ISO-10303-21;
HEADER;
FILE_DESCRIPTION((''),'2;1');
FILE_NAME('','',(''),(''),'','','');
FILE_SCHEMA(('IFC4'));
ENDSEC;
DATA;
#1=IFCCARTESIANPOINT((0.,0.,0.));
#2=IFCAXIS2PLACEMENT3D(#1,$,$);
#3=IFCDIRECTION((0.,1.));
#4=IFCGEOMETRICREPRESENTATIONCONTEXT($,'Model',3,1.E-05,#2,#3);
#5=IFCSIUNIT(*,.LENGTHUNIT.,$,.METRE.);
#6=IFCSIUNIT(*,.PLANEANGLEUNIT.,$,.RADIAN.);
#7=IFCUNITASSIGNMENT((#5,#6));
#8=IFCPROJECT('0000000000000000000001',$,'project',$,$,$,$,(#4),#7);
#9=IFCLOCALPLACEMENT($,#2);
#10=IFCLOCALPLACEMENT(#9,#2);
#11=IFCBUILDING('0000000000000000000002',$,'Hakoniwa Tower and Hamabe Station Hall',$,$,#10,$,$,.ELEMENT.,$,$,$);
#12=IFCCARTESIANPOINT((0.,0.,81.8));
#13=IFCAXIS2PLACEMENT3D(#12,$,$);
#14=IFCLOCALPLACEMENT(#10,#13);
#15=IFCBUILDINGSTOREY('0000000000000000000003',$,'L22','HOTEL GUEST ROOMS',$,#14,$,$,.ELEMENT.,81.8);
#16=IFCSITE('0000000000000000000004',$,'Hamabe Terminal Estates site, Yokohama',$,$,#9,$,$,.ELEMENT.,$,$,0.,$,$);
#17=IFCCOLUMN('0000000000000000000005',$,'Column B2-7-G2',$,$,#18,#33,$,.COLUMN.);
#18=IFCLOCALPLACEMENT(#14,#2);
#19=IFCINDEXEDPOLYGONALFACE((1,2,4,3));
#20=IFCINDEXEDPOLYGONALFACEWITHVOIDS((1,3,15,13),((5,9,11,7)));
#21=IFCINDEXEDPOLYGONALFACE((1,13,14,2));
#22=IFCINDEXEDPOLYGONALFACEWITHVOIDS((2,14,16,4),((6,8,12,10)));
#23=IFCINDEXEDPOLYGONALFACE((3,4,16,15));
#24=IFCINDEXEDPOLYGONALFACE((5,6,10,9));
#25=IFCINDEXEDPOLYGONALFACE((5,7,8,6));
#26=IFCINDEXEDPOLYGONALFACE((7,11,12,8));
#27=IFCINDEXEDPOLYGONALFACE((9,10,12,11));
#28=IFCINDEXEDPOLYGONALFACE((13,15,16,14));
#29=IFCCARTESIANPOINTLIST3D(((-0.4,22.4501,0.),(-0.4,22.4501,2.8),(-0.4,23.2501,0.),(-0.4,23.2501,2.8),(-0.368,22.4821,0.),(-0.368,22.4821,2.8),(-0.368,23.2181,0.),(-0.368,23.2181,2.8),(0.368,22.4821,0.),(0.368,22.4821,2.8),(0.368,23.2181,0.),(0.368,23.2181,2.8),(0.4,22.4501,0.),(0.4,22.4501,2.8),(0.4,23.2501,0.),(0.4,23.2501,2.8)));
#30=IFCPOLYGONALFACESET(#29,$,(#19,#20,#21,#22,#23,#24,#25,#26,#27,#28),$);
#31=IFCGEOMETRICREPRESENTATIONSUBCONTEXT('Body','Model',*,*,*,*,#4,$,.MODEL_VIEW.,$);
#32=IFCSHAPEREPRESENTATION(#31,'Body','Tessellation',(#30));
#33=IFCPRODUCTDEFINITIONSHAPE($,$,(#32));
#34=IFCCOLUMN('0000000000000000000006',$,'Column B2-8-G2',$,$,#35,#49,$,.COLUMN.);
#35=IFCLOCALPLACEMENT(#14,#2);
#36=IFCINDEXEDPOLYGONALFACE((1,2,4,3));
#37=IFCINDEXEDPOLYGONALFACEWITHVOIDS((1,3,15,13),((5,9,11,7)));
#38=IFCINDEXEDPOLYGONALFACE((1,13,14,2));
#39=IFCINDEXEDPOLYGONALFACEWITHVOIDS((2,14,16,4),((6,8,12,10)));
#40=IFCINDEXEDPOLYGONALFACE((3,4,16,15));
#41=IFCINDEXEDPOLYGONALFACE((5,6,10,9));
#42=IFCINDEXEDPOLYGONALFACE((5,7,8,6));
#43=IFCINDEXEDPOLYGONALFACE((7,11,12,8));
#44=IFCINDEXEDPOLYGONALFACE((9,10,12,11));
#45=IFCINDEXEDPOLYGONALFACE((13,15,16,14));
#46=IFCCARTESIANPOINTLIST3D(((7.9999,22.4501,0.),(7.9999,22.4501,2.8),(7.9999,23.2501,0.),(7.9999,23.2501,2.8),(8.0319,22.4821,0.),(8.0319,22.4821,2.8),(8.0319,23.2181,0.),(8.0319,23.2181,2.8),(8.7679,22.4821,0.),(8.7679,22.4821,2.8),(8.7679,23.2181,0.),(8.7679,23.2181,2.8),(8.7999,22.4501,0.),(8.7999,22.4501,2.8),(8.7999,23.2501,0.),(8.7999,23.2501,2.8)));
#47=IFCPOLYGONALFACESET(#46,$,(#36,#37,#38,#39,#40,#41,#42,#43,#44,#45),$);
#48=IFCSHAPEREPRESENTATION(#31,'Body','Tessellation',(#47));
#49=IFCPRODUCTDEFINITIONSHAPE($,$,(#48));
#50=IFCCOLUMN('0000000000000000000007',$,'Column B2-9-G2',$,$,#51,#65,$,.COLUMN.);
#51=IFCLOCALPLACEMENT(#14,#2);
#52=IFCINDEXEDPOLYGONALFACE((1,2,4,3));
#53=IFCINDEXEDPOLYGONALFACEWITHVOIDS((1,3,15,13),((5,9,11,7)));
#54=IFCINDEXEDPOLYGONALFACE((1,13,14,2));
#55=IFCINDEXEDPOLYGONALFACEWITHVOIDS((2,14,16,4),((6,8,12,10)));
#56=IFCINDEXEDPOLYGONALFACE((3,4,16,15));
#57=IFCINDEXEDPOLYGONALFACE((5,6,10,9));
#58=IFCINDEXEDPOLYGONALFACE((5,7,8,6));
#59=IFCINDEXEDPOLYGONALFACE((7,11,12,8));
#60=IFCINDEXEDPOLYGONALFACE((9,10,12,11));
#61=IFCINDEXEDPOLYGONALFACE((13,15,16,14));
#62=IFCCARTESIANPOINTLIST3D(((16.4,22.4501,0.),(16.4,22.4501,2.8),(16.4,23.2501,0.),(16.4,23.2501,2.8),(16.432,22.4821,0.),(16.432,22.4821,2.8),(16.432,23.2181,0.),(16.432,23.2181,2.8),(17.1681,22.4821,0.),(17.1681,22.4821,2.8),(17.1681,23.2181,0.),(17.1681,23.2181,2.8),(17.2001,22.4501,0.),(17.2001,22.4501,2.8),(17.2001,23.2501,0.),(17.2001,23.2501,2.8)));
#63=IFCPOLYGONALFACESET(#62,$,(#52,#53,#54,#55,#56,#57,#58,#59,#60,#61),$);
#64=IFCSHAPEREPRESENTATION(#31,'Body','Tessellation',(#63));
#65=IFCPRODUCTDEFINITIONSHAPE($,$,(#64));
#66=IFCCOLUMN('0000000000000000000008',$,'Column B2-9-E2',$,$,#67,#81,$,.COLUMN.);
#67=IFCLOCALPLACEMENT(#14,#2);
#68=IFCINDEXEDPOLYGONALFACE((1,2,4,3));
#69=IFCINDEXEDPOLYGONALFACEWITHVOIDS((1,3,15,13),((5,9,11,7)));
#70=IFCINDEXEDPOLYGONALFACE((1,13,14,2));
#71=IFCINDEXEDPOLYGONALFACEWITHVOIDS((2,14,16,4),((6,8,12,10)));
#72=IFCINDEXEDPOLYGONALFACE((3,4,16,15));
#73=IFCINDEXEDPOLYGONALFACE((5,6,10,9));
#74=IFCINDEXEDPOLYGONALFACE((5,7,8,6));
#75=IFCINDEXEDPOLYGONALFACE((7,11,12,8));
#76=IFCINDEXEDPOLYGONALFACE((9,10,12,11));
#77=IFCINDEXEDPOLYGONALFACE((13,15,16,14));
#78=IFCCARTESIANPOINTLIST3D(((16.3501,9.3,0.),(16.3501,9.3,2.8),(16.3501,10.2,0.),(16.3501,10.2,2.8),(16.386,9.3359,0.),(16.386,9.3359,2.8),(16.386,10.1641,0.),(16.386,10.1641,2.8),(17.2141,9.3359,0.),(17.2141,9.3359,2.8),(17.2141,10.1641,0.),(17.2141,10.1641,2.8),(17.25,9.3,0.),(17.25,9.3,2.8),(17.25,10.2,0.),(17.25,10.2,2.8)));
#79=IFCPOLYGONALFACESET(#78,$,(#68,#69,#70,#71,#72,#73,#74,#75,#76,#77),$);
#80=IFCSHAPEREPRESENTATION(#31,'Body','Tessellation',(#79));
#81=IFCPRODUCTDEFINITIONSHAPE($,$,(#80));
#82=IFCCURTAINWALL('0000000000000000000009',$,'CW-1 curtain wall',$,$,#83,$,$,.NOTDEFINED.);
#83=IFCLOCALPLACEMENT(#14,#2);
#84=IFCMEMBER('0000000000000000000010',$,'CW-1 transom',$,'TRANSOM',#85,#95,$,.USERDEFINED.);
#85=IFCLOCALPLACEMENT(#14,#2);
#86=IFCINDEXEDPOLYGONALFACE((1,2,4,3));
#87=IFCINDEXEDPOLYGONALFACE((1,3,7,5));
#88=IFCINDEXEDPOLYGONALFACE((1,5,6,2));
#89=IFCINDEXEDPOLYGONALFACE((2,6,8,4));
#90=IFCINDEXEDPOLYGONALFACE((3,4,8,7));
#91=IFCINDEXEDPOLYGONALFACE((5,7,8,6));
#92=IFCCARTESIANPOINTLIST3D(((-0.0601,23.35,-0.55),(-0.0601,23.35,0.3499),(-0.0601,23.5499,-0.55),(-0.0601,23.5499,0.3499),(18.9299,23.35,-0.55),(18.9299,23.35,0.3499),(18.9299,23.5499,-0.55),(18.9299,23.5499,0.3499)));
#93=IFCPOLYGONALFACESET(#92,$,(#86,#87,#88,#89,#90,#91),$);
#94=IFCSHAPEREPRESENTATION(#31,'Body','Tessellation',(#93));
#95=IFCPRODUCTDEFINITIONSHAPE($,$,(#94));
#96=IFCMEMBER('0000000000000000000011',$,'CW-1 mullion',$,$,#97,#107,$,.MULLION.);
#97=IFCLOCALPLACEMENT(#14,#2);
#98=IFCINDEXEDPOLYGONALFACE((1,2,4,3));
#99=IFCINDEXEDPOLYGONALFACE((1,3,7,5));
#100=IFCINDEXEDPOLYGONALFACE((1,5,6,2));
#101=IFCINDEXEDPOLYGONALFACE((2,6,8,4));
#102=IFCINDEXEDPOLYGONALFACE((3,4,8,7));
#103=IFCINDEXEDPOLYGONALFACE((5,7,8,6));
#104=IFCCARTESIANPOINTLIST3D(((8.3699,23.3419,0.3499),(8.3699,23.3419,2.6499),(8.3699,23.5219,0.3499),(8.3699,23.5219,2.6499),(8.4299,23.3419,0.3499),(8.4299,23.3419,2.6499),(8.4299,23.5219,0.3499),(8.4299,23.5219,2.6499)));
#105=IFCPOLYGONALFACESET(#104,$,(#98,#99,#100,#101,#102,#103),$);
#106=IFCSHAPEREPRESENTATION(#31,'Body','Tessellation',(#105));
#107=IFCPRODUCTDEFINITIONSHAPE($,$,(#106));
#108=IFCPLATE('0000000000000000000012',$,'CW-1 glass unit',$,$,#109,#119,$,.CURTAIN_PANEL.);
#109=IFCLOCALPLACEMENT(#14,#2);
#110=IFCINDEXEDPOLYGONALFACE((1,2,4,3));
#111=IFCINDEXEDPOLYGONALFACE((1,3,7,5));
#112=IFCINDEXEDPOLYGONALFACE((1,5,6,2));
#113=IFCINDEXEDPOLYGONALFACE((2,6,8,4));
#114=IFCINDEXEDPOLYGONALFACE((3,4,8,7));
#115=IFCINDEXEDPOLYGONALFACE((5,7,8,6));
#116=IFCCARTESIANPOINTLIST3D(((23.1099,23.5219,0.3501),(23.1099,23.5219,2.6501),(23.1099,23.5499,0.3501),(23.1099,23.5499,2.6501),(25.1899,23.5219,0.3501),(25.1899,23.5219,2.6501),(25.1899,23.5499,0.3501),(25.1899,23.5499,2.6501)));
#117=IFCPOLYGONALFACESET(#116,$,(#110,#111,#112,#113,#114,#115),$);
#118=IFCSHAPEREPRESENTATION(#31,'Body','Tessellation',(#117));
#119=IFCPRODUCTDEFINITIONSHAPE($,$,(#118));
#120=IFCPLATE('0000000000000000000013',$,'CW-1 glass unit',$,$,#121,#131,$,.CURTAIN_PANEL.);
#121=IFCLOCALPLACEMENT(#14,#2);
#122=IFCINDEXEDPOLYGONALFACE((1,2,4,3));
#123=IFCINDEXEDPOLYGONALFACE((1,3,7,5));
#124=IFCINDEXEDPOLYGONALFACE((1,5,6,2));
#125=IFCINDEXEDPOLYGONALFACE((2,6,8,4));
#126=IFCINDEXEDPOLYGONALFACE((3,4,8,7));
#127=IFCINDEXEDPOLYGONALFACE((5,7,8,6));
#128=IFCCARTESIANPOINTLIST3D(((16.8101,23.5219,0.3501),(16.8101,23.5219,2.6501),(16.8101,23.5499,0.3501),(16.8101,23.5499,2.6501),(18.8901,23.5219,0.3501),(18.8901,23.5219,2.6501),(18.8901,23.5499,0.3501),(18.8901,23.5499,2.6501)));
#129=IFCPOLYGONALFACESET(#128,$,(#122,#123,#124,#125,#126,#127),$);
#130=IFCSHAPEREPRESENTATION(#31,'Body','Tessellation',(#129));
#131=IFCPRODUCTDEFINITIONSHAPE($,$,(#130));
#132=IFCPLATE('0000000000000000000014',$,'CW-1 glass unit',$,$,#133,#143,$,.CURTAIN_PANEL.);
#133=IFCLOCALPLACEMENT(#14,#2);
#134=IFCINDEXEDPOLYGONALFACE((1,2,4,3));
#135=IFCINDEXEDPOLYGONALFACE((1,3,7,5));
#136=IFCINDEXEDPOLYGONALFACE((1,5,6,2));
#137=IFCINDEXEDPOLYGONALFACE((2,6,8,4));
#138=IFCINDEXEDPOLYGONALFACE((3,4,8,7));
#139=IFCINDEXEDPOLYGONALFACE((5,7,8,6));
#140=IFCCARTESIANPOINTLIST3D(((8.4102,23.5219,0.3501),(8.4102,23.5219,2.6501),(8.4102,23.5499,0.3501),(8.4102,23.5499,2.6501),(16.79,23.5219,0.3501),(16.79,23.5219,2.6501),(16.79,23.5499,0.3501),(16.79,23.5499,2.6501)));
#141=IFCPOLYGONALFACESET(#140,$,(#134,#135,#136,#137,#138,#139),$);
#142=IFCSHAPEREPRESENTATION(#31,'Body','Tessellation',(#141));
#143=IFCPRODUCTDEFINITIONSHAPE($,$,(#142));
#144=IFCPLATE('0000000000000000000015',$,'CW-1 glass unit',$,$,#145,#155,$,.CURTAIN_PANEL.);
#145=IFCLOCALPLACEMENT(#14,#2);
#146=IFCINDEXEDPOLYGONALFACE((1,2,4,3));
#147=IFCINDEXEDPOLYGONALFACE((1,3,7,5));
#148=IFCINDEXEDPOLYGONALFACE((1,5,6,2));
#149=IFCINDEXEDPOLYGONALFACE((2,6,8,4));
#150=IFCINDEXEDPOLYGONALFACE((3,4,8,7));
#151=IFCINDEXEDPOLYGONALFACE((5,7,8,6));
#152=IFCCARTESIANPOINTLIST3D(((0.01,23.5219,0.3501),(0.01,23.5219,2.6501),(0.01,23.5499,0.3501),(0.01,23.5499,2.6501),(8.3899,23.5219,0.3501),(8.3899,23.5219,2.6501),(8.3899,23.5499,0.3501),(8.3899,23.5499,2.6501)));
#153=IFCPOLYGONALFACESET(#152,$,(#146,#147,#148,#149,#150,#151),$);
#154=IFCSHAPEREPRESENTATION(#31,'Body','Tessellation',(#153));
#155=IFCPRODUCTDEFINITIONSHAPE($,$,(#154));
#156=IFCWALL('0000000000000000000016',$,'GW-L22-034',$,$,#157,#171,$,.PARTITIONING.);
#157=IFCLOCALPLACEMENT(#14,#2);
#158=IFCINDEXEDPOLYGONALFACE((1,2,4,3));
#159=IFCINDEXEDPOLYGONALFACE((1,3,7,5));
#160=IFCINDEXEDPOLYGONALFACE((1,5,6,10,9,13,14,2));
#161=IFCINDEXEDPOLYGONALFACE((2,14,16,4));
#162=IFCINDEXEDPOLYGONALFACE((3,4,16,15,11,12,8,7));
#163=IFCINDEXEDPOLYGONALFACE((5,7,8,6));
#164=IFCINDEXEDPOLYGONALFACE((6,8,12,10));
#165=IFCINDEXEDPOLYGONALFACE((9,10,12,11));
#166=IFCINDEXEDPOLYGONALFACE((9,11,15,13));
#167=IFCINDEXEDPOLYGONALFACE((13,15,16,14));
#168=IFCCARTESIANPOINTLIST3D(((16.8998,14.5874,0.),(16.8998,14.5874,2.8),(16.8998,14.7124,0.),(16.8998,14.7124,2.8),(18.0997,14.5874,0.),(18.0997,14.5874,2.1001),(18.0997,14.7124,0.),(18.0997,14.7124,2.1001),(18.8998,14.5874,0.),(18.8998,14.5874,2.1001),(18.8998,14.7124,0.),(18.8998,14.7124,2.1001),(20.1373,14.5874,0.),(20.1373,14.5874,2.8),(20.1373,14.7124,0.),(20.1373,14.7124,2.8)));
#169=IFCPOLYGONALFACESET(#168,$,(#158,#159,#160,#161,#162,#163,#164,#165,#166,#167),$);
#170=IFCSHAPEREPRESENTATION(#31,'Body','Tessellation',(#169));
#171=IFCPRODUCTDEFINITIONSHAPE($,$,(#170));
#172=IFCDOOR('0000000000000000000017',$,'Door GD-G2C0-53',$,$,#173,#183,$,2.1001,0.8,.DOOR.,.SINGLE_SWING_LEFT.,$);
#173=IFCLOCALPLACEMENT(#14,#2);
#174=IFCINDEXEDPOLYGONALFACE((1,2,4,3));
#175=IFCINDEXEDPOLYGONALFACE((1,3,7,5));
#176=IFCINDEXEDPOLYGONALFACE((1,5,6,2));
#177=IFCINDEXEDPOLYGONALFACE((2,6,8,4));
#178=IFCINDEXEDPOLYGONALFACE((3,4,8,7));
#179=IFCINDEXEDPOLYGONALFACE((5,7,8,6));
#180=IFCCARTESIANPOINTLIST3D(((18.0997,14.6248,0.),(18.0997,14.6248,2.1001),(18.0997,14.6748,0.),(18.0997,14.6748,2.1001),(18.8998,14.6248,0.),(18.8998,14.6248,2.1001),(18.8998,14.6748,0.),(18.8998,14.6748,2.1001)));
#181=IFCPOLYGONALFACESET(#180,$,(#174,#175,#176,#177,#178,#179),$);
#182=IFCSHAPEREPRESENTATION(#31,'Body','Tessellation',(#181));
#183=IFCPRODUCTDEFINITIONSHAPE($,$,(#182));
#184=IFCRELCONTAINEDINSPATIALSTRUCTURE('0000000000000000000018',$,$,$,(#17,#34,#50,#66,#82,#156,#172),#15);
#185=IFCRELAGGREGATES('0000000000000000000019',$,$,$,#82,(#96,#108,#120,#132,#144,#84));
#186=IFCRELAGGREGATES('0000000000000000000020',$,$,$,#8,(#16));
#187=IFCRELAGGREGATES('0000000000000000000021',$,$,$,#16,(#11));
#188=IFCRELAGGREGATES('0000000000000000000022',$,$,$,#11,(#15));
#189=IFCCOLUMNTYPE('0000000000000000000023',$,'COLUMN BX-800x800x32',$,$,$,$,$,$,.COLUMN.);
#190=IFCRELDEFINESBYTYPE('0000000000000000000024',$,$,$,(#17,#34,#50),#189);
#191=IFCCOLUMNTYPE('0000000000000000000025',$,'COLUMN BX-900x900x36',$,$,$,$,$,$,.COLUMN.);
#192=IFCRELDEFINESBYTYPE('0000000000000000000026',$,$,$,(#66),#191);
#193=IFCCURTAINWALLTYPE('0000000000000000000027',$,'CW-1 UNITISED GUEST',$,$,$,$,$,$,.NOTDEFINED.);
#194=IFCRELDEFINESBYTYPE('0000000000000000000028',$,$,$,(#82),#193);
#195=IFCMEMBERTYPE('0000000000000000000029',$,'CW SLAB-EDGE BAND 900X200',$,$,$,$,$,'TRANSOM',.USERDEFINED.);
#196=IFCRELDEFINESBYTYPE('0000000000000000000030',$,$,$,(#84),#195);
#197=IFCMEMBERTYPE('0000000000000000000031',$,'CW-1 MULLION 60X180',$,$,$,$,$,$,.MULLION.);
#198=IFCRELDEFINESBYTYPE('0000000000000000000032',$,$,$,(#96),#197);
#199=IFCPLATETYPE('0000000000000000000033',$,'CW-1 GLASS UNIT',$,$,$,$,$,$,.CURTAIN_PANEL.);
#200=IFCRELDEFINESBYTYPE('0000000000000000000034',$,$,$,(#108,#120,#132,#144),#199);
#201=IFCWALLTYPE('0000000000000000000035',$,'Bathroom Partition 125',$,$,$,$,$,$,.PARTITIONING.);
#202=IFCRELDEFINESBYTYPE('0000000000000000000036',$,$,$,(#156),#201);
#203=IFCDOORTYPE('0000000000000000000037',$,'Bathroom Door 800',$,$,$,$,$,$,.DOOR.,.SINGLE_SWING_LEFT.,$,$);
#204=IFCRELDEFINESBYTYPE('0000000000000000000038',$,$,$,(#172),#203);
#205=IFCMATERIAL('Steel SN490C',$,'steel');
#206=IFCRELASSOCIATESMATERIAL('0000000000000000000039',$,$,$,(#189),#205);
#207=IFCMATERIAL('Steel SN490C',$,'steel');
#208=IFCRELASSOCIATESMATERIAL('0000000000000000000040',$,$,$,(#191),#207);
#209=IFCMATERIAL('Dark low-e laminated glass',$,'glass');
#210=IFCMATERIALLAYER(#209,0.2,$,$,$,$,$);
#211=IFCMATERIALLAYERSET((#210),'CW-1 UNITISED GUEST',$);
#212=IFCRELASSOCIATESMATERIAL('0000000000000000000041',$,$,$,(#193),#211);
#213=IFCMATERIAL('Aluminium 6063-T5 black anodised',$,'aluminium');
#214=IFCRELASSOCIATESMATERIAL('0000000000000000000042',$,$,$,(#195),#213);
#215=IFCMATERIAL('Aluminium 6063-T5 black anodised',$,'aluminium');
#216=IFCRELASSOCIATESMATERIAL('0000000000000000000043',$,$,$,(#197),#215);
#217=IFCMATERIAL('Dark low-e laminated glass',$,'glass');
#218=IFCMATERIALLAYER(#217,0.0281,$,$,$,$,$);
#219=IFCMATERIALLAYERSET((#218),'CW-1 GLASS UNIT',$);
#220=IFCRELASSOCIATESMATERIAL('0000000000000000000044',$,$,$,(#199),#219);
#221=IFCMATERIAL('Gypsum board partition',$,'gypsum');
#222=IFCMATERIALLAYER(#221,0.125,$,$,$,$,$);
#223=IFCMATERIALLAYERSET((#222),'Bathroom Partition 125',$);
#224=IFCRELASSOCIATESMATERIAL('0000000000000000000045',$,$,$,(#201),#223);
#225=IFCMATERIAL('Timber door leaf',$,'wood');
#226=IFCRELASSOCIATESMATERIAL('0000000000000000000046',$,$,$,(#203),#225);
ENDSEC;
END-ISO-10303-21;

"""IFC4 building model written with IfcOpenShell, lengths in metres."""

from ifc_helpers import new_model, si_unit, direction, frame, frame_2d, origin, origin_2d, place, context, subcontext, project, spatial, rectangle, hollow_rectangle, extrude, material, layer, layer_set, material_profile, profile_set, type_object, element, fill, aggregate, save


model = new_model("IFC4")

# Units and contexts
model_context = context("Model", 3, precision=1e-05, world=origin(), true_north=direction((0.0, 1.0)))
body_context = subcontext(model_context, "Body", "Model", "MODEL_VIEW")
ifc_project = project(units=[si_unit("LENGTHUNIT", "METRE"), si_unit("PLANEANGLEUNIT", "RADIAN")], contexts=[model_context])

# Site, building, storey
site_placement = place(None, origin())
site = spatial("IfcSite", under=ifc_project, at=site_placement, Name="Hamabe Terminal Estates site, Yokohama", CompositionType="ELEMENT", RefElevation=0.0)
building_placement = place(site_placement, origin())
building = spatial("IfcBuilding", under=site, at=building_placement, Name="Hakoniwa Tower and Hamabe Station Hall", CompositionType="ELEMENT")
storey_placement = place(building_placement, frame((0.0, 0.0, 81.8)))
storey = spatial("IfcBuildingStorey", under=building, at=storey_placement, Name="L22", Description="HOTEL GUEST ROOMS", CompositionType="ELEMENT", Elevation=81.8)

# Columns
ifc_material_1 = material(Name="Steel SN490C", Category="steel")
ifc_material_profile_1 = material_profile(ifc_material_1, hollow_rectangle(XDim=0.8, YDim=0.8, WallThickness=0.032, at=origin_2d()), Name="BX-800x800x32")
ifc_profile_set_1 = profile_set([ifc_material_profile_1], Name="Steel SN490C")
column_type_1 = type_object("IfcColumnType", Name="COLUMN BX-800x800x32", PredefinedType="COLUMN", material=ifc_profile_set_1)
for number, where, z_axis, x_axis, name in (
    (1, (0.0, 22.8501, 0.0), (0.0, 0.0, 1.0), (1.0, 0.0, 0.0), "Column B2-7-G2"),
    (2, (8.3999, 22.8501, 0.0), (0.0, 0.0, 1.0), (1.0, 0.0, 0.0), "Column B2-8-G2"),
    (3, (16.8, 22.8501, 0.0), (0.0, 0.0, 1.0), (1.0, 0.0, 0.0), "Column B2-9-G2"),
):
    element("IfcColumn", number, at=place(storey_placement, frame(where, z_axis=z_axis, x_axis=x_axis)), inside=storey, type_object=column_type_1, Name=name, PredefinedType="COLUMN", context=body_context, shape_type="SweptSolid", body=[
        extrude(hollow_rectangle(XDim=0.8, YDim=0.8, WallThickness=0.032, at=origin_2d()), origin(), (0.0, 0.0, 1.0), 2.8),
    ])
ifc_material_2 = material(Name="Steel SN490C", Category="steel")
ifc_material_profile_2 = material_profile(ifc_material_2, hollow_rectangle(XDim=0.8999, YDim=0.8999, WallThickness=0.0359, at=origin_2d()), Name="BX-900x900x36")
ifc_profile_set_2 = profile_set([ifc_material_profile_2], Name="Steel SN490C")
column_type_2 = type_object("IfcColumnType", Name="COLUMN BX-900x900x36", PredefinedType="COLUMN", material=ifc_profile_set_2)
column_placement = place(storey_placement, frame((16.8, 9.75, 0.0), z_axis=(0.0, 0.0, 1.0), x_axis=(1.0, 0.0, 0.0)))
element("IfcColumn", 4, at=column_placement, inside=storey, type_object=column_type_2, Name="Column B2-9-E2", PredefinedType="COLUMN", context=body_context, shape_type="SweptSolid", body=[
    extrude(hollow_rectangle(XDim=0.8999, YDim=0.8999, WallThickness=0.0359, at=origin_2d()), origin(), (0.0, 0.0, 1.0), 2.8),
])

# Curtain wall, members, plates
ifc_material_3 = material(Name="Dark low-e laminated glass", Category="glass")
ifc_layer_1 = layer(ifc_material_3, 0.2)
ifc_layer_set_1 = layer_set([ifc_layer_1], Name="CW-1 UNITISED GUEST")
curtain_wall_type = type_object("IfcCurtainWallType", Name="CW-1 UNITISED GUEST", PredefinedType="NOTDEFINED", material=ifc_layer_set_1)
curtain_wall_placement = place(storey_placement, origin())
curtain_wall = element("IfcCurtainWall", 5, at=curtain_wall_placement, inside=storey, type_object=curtain_wall_type, Name="CW-1 curtain wall", PredefinedType="NOTDEFINED")
ifc_material_4 = material(Name="Aluminium 6063-T5 black anodised", Category="aluminium")
ifc_material_profile_3 = material_profile(ifc_material_4, rectangle(XDim=0.2, YDim=0.8999, at=origin_2d()), Name="CW SLAB-EDGE BAND 900X200")
ifc_profile_set_3 = profile_set([ifc_material_profile_3], Name="Aluminium 6063-T5 black anodised")
member_type_1 = type_object("IfcMemberType", Name="CW SLAB-EDGE BAND 900X200", ElementType="TRANSOM", PredefinedType="USERDEFINED", material=ifc_profile_set_3)
member_1_placement = place(storey_placement, frame((18.9299, 23.45, -0.1001), z_axis=(-1.0, 0.0, 0.0), x_axis=(0.0, -1.0, 0.0)))
member_1 = element("IfcMember", 6, at=member_1_placement, type_object=member_type_1, Name="CW-1 transom", ObjectType="TRANSOM", PredefinedType="USERDEFINED", context=body_context, shape_type="SweptSolid", body=[
    extrude(rectangle(XDim=0.2, YDim=0.8999, at=origin_2d()), origin(), (0.0, 0.0, 1.0), 18.99),
])
ifc_material_5 = material(Name="Aluminium 6063-T5 black anodised", Category="aluminium")
ifc_material_profile_4 = material_profile(ifc_material_5, rectangle(XDim=0.0601, YDim=0.1799, at=origin_2d()), Name="CW-1 MULLION 60X180")
ifc_profile_set_4 = profile_set([ifc_material_profile_4], Name="Aluminium 6063-T5 black anodised")
member_type_2 = type_object("IfcMemberType", Name="CW-1 MULLION 60X180", PredefinedType="MULLION", material=ifc_profile_set_4)
member_2_placement = place(storey_placement, frame((8.3999, 23.4319, 0.3499), z_axis=(0.0, 0.0, 1.0), x_axis=(-1.0, 0.0, 0.0)))
member_2 = element("IfcMember", 7, at=member_2_placement, type_object=member_type_2, Name="CW-1 mullion", PredefinedType="MULLION", context=body_context, shape_type="SweptSolid", body=[
    extrude(rectangle(XDim=0.0601, YDim=0.1799, at=origin_2d()), origin(), (0.0, 0.0, 1.0), 2.3),
])
ifc_material_6 = material(Name="Dark low-e laminated glass", Category="glass")
ifc_layer_2 = layer(ifc_material_6, 0.0281)
ifc_layer_set_2 = layer_set([ifc_layer_2], Name="CW-1 GLASS UNIT")
plate_type = type_object("IfcPlateType", Name="CW-1 GLASS UNIT", PredefinedType="CURTAIN_PANEL", material=ifc_layer_set_2)
plate_1_placement = place(storey_placement, frame((24.1499, 23.5359, 0.3501), z_axis=(0.0, 0.0, 1.0), x_axis=(-1.0, 0.0, 0.0)))
plate_1 = element("IfcPlate", 8, at=plate_1_placement, type_object=plate_type, Name="CW-1 glass unit", PredefinedType="CURTAIN_PANEL", context=body_context, shape_type="SweptSolid", body=[
    extrude(rectangle(XDim=2.0801, YDim=0.0281, at=origin_2d()), origin(), (0.0, 0.0, 1.0), 2.3),
])
plate_2_placement = place(storey_placement, frame((17.8501, 23.5359, 0.3501), z_axis=(0.0, 0.0, 1.0), x_axis=(-1.0, 0.0, 0.0)))
plate_2 = element("IfcPlate", 9, at=plate_2_placement, type_object=plate_type, Name="CW-1 glass unit", PredefinedType="CURTAIN_PANEL", context=body_context, shape_type="SweptSolid", body=[
    extrude(rectangle(XDim=2.0801, YDim=0.0281, at=origin_2d()), origin(), (0.0, 0.0, 1.0), 2.3),
])
plate_3_placement = place(storey_placement, frame((12.6001, 23.5359, 0.3501), z_axis=(0.0, 0.0, 1.0), x_axis=(-1.0, 0.0, 0.0)))
plate_3 = element("IfcPlate", 10, at=plate_3_placement, type_object=plate_type, Name="CW-1 glass unit", PredefinedType="CURTAIN_PANEL", context=body_context, shape_type="SweptSolid", body=[
    extrude(rectangle(XDim=8.3799, YDim=0.0281, at=origin_2d()), origin(), (0.0, 0.0, 1.0), 2.3),
])
plate_4_placement = place(storey_placement, frame((4.2, 23.5359, 0.3501), z_axis=(0.0, 0.0, 1.0), x_axis=(-1.0, 0.0, 0.0)))
plate_4 = element("IfcPlate", 11, at=plate_4_placement, type_object=plate_type, Name="CW-1 glass unit", PredefinedType="CURTAIN_PANEL", context=body_context, shape_type="SweptSolid", body=[
    extrude(rectangle(XDim=8.3799, YDim=0.0281, at=origin_2d()), origin(), (0.0, 0.0, 1.0), 2.3),
])

# Wall, opening, door
ifc_material_7 = material(Name="Gypsum board partition", Category="gypsum")
ifc_layer_3 = layer(ifc_material_7, 0.125)
ifc_layer_set_3 = layer_set([ifc_layer_3], Name="Bathroom Partition 125")
wall_type_1 = type_object("IfcWallType", Name="Bathroom Partition 125", PredefinedType="PARTITIONING", material=ifc_layer_set_3)
wall_1_placement = place(storey_placement, frame((16.8999, 14.6499, 0.0), z_axis=(0.0, 0.0, 1.0), x_axis=(1.0, 0.0, 0.0)))
wall_1 = element("IfcWall", 12, at=wall_1_placement, inside=storey, type_object=wall_type_1, Name="GW-L22-034", PredefinedType="PARTITIONING", context=body_context, shape_type="SweptSolid", body=[
    extrude(rectangle(XDim=3.2375, YDim=0.125, at=frame_2d((1.6187, 0.0))), origin(), (0.0, 0.0, 1.0), 2.8),
])
opening_1_placement = place(wall_1_placement, frame((1.2, 0.0, 0.0)))
opening_1 = element("IfcOpeningElement", 13, at=opening_1_placement, cuts=wall_1, PredefinedType="OPENING", context=body_context, shape_type="SweptSolid", body=[
    extrude(rectangle(XDim=0.8, YDim=2.1001, at=frame_2d((0.3999, 1.05))), frame((0.0, 0.0725, 0.0), z_axis=(0.0, -1.0, 0.0), x_axis=(1.0, 0.0, 0.0)), (0.0, 0.0, 1.0), 0.145),
])
ifc_material_8 = material(Name="Timber door leaf", Category="wood")
door_type_1 = type_object("IfcDoorType", Name="Bathroom Door 800", OperationType="SINGLE_SWING_LEFT", PredefinedType="DOOR", material=ifc_material_8)
door_1_placement = place(opening_1_placement, origin())
door_1 = element("IfcDoor", 14, at=door_1_placement, inside=storey, type_object=door_type_1, Name="Door GD-G2C0-53", OperationType="SINGLE_SWING_LEFT", OverallHeight=2.1001, OverallWidth=0.8, PredefinedType="DOOR", context=body_context, shape_type="SweptSolid", body=[
    extrude(rectangle(XDim=0.8, YDim=2.1001, at=frame_2d((0.3999, 1.05))), frame((0.0, 0.0249, 0.0), z_axis=(0.0, -1.0, 0.0), x_axis=(1.0, 0.0, 0.0)), (0.0, 0.0, 1.0), 0.05),
])
fill(opening_1, door_1)

aggregate(curtain_wall, [member_2, plate_1, plate_2, plate_3, plate_4, member_1])

save(model, "model.ifc")
